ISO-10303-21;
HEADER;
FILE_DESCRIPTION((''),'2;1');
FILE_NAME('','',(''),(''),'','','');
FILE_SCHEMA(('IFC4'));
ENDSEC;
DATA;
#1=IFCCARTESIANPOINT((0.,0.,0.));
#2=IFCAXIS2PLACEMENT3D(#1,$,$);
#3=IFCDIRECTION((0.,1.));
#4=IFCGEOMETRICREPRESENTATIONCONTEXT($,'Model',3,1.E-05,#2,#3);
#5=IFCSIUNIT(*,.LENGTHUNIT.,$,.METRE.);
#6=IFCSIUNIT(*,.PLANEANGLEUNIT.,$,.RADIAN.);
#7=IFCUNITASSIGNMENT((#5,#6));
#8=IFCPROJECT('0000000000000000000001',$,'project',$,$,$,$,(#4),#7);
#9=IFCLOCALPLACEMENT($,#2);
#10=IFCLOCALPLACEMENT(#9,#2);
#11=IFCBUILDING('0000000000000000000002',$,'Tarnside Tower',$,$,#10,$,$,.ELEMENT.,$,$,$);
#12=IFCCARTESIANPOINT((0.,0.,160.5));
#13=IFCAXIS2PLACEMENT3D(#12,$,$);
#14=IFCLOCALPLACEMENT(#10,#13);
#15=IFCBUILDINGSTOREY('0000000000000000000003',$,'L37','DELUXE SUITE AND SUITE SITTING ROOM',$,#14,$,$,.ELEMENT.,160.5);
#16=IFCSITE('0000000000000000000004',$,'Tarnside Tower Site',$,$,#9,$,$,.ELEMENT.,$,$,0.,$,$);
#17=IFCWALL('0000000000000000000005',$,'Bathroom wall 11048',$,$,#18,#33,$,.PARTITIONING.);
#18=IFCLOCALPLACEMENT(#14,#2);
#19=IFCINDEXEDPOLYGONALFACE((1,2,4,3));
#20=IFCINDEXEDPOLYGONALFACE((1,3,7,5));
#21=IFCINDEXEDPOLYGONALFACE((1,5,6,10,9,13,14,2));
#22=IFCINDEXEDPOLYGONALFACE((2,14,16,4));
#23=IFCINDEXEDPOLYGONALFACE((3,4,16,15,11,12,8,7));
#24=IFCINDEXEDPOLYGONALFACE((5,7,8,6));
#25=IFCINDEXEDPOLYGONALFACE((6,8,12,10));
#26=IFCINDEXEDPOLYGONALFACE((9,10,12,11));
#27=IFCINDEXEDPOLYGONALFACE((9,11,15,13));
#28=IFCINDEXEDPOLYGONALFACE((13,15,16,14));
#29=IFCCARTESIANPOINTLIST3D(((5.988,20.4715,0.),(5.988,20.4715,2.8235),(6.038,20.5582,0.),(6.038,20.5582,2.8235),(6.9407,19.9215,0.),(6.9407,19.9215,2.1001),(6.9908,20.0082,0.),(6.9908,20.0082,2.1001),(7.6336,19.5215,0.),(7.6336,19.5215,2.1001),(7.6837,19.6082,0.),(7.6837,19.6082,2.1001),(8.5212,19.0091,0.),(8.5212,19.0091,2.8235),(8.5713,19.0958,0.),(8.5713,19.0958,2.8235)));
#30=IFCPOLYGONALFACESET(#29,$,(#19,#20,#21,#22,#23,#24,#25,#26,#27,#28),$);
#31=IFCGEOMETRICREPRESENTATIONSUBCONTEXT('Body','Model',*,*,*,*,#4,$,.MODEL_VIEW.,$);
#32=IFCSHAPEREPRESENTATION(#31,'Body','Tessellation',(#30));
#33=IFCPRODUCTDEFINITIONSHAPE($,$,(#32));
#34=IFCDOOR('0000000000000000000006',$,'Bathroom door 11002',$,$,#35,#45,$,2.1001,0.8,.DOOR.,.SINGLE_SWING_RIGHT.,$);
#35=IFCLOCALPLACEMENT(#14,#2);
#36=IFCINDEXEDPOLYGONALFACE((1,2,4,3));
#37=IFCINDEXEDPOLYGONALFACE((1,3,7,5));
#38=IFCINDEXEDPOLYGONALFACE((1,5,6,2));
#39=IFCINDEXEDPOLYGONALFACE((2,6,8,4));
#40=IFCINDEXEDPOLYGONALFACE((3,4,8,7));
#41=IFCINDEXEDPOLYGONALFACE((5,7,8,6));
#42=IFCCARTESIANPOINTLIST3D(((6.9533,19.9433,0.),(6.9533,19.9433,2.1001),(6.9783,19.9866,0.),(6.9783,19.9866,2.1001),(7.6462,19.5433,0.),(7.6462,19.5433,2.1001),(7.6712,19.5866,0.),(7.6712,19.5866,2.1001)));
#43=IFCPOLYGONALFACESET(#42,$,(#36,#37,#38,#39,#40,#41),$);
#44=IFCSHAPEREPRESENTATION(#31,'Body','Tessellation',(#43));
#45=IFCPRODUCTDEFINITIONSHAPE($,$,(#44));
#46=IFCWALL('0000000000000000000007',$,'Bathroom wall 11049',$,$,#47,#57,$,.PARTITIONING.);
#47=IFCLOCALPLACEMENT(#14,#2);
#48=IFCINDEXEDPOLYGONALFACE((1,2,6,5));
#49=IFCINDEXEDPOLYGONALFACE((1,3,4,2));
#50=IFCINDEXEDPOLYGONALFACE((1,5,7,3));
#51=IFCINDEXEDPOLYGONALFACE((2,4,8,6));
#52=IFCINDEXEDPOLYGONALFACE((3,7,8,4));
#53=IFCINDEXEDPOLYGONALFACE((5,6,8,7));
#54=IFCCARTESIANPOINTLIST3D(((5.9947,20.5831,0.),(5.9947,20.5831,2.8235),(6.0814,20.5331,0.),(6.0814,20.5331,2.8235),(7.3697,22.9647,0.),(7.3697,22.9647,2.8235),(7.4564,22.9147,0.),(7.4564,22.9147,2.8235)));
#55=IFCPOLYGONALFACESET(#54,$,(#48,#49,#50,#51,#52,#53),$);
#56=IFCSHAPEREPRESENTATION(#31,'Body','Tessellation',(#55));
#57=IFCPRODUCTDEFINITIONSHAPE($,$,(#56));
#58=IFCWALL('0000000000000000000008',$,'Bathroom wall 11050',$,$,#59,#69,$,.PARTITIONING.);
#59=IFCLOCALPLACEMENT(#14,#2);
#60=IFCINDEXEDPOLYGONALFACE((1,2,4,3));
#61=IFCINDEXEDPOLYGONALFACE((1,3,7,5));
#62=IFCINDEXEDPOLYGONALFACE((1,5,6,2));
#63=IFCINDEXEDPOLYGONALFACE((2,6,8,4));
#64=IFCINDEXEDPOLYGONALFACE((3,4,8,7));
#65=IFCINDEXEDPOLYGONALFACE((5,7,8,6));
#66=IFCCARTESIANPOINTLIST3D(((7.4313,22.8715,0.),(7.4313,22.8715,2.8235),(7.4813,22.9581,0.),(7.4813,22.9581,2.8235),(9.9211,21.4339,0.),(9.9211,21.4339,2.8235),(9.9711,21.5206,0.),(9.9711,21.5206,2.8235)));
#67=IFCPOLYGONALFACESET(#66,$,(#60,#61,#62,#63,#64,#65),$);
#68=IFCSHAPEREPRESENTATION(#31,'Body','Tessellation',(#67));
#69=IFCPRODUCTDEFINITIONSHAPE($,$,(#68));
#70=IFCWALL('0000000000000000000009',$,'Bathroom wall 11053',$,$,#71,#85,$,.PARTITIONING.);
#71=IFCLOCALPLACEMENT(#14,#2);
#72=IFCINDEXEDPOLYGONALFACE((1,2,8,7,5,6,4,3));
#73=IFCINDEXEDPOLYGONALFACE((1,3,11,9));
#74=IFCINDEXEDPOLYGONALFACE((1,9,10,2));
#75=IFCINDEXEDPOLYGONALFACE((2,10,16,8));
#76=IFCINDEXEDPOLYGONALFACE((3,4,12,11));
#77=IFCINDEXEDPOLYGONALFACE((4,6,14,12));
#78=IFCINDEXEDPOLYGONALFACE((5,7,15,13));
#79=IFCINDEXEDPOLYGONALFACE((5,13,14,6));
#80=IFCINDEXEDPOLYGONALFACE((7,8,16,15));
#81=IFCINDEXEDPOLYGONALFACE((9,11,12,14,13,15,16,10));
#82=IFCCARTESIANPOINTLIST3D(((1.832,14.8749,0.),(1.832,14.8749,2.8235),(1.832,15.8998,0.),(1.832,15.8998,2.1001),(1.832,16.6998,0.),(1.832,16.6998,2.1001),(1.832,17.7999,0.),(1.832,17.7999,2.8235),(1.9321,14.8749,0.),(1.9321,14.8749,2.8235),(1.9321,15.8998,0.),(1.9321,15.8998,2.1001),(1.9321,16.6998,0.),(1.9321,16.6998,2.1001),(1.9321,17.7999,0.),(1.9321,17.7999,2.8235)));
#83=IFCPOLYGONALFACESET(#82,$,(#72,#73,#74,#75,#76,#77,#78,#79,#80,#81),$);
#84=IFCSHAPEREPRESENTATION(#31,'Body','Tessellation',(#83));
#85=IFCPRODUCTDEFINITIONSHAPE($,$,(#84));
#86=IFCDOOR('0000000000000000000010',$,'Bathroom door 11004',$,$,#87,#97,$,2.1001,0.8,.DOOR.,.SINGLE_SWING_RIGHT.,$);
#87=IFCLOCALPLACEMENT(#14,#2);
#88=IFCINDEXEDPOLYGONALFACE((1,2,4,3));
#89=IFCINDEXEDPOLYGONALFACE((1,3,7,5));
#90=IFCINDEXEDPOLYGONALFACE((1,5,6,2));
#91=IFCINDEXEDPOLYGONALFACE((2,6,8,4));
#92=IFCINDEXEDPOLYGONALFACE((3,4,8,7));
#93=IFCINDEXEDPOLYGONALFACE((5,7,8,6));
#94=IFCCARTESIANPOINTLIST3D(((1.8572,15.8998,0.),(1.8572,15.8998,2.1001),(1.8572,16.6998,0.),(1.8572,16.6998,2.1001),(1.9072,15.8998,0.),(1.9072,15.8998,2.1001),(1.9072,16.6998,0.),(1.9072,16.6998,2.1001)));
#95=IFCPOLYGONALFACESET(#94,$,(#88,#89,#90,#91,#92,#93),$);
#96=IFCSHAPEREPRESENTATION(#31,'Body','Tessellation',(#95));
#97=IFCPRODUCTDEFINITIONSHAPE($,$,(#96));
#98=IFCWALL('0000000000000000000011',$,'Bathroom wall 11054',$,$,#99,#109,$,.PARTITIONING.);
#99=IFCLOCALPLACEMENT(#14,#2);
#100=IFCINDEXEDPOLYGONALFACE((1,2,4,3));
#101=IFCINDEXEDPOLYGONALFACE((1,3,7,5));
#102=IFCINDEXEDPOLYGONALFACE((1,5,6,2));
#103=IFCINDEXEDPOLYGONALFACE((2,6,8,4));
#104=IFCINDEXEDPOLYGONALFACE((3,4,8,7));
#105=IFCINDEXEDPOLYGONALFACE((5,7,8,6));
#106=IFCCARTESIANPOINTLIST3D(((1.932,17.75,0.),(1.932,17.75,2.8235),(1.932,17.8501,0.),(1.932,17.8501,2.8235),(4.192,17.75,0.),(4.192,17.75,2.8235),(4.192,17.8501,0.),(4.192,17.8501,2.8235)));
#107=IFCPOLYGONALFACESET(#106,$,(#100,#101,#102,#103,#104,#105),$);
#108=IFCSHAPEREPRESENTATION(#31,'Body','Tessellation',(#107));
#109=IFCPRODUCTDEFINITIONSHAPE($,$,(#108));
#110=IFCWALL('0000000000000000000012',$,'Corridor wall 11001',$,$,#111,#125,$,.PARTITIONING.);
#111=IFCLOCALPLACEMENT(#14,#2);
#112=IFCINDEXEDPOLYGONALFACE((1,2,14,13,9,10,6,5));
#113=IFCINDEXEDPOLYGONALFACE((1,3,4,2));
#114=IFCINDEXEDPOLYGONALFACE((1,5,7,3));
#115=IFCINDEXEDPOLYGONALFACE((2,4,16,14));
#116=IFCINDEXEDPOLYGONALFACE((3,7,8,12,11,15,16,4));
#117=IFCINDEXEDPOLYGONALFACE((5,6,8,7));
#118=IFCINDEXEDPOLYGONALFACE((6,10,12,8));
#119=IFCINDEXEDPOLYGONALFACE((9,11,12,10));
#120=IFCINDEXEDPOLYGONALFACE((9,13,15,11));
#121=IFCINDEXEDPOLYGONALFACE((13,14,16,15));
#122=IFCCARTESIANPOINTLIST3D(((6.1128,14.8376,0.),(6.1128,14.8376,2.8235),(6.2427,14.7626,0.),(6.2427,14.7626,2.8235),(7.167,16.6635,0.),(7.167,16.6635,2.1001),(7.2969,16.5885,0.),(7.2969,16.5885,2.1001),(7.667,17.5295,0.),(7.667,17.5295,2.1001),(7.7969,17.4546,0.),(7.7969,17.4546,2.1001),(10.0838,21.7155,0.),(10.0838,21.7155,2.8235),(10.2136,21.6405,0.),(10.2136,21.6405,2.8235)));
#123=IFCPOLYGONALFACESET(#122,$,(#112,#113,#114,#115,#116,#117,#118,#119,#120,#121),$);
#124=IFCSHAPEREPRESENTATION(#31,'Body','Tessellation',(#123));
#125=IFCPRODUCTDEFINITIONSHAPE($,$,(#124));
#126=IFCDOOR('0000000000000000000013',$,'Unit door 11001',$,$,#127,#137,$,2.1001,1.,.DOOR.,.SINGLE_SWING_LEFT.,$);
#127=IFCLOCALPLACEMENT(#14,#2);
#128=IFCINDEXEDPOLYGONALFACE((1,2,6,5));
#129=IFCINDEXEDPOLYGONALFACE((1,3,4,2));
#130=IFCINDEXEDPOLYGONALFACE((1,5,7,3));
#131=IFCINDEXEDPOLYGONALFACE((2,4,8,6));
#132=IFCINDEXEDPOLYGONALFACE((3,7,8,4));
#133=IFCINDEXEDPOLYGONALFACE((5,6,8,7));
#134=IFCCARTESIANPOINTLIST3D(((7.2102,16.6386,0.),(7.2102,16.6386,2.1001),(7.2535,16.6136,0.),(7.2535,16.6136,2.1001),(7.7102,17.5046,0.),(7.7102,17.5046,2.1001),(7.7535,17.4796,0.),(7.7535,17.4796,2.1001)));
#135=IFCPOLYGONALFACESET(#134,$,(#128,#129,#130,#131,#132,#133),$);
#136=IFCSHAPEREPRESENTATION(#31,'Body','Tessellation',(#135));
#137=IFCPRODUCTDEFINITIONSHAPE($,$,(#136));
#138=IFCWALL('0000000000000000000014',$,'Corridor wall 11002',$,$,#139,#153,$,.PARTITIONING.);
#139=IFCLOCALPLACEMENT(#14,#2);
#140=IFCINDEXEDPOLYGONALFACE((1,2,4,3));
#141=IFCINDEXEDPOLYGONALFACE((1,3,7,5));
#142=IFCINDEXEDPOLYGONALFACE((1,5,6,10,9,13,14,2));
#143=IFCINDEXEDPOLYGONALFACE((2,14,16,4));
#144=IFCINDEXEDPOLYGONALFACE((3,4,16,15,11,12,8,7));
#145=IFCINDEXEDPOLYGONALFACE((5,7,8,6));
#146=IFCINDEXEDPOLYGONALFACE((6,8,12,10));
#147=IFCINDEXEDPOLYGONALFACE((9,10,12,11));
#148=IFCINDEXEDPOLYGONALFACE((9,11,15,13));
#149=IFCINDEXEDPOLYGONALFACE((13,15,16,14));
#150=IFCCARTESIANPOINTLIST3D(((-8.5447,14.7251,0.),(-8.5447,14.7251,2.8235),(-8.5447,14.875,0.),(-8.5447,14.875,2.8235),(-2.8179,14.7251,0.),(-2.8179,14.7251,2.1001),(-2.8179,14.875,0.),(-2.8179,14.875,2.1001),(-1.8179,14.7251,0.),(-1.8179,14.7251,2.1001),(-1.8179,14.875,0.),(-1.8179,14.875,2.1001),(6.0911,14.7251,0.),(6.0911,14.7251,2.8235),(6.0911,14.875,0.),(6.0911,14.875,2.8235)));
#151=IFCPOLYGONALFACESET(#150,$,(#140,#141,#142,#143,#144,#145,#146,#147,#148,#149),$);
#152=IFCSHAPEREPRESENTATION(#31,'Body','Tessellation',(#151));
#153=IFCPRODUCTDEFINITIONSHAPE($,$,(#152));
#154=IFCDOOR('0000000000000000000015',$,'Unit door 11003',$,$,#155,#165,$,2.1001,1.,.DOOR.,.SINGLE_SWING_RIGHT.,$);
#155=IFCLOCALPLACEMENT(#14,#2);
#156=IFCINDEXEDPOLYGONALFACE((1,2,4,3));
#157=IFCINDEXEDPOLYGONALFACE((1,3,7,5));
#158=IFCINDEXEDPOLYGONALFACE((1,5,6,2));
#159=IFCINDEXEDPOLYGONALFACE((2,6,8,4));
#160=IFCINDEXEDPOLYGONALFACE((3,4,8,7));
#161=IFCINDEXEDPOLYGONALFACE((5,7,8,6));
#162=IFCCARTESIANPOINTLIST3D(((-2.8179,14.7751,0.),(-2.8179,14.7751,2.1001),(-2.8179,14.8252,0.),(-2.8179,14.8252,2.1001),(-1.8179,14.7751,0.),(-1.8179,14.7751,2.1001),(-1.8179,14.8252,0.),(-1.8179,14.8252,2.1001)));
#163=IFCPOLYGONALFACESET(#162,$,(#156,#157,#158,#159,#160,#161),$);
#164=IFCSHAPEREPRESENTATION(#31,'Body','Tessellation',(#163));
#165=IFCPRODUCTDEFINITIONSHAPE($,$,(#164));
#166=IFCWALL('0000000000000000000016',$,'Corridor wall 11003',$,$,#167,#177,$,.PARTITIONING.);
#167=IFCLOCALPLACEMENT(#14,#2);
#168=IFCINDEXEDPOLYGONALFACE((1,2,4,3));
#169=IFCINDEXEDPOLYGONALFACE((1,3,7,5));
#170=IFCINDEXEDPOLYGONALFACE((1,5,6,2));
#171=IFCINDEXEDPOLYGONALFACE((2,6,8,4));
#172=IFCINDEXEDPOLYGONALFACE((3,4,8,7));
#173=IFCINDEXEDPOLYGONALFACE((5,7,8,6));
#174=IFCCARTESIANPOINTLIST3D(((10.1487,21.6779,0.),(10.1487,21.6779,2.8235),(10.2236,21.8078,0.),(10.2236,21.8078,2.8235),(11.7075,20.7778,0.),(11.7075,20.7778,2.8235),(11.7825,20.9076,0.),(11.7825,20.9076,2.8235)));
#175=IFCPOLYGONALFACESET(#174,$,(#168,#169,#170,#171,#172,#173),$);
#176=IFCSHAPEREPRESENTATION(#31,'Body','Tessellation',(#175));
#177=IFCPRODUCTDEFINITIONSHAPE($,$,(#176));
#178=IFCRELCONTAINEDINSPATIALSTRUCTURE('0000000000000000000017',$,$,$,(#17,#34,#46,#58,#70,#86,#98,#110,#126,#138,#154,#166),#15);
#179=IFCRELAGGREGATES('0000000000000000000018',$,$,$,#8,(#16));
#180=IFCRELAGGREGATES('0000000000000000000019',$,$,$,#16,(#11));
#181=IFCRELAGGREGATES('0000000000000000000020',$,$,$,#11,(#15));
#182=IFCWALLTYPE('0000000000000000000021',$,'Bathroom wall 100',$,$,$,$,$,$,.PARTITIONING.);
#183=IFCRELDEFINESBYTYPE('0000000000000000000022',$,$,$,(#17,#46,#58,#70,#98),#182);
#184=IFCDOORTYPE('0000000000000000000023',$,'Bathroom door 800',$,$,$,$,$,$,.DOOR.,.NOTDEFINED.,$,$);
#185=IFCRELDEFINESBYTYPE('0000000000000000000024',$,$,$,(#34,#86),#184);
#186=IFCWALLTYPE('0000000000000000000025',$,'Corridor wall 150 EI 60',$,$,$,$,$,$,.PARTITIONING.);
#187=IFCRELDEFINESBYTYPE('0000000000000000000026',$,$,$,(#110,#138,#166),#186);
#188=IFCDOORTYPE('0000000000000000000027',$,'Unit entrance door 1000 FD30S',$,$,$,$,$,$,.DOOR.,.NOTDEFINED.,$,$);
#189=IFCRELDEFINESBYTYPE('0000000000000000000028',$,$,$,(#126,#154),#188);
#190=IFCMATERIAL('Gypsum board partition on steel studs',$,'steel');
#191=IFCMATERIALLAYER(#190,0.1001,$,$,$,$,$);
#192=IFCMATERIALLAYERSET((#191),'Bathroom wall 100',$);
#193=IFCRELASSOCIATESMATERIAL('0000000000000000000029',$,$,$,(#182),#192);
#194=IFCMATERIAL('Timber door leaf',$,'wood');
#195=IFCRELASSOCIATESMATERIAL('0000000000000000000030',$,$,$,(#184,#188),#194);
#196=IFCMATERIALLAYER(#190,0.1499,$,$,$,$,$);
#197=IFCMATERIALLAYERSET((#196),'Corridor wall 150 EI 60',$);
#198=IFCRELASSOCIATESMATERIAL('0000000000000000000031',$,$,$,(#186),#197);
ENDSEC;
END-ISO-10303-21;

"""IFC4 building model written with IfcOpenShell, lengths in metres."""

from ifc_helpers import new_model, si_unit, direction, frame, frame_2d, origin, place, context, subcontext, project, spatial, rectangle, extrude, material, layer, layer_set, type_object, element, fill, save


model = new_model("IFC4")

# Units and contexts
model_context = context("Model", 3, precision=1e-05, world=origin(), true_north=direction((0.0, 1.0)))
body_context = subcontext(model_context, "Body", "Model", "MODEL_VIEW")
ifc_project = project(units=[si_unit("LENGTHUNIT", "METRE"), si_unit("PLANEANGLEUNIT", "RADIAN")], contexts=[model_context])

# Site, building, storey
site_placement = place(None, origin())
site = spatial("IfcSite", under=ifc_project, at=site_placement, Name="Tarnside Tower Site", CompositionType="ELEMENT", RefElevation=0.0)
building_placement = place(site_placement, origin())
building = spatial("IfcBuilding", under=site, at=building_placement, Name="Tarnside Tower", CompositionType="ELEMENT")
storey_placement = place(building_placement, frame((0.0, 0.0, 160.5)))
storey = spatial("IfcBuildingStorey", under=building, at=storey_placement, Name="L37", Description="DELUXE SUITE AND SUITE SITTING ROOM", CompositionType="ELEMENT", Elevation=160.5)

# Wall, opening, door
ifc_material_1 = material(Name="Gypsum board partition on steel studs", Category="steel")
ifc_layer_1 = layer(ifc_material_1, 0.1001)
ifc_layer_set_1 = layer_set([ifc_layer_1], Name="Bathroom wall 100")
wall_type_1 = type_object("IfcWallType", Name="Bathroom wall 100", PredefinedType="PARTITIONING", material=ifc_layer_set_1)
wall_1_placement = place(storey_placement, frame((8.5461, 19.0525, 0.0), z_axis=(0.0, 0.0, 1.0), x_axis=(-0.866047, 0.499963, 0.0)))
wall_1 = element("IfcWall", 1, at=wall_1_placement, inside=storey, type_object=wall_type_1, Name="Bathroom wall 11048", PredefinedType="PARTITIONING", context=body_context, shape_type="SweptSolid", body=[
    extrude(rectangle(XDim=2.925, YDim=0.1001, at=frame_2d((1.4624, 0.0))), origin(), (0.0, 0.0, 1.0), 2.8235),
])
opening_1_placement = place(wall_1_placement, frame((1.0249, 0.0, 0.0)))
opening_1 = element("IfcOpeningElement", 2, at=opening_1_placement, cuts=wall_1, PredefinedType="OPENING", context=body_context, shape_type="SweptSolid", body=[
    extrude(rectangle(XDim=0.8, YDim=2.1001, at=frame_2d((0.3999, 1.05))), frame((0.0, 0.0601, 0.0), z_axis=(0.0, -1.0, 0.0), x_axis=(1.0, 0.0, 0.0)), (0.0, 0.0, 1.0), 0.1201),
])
ifc_material_2 = material(Name="Timber door leaf", Category="wood")
door_type_1 = type_object("IfcDoorType", Name="Bathroom door 800", OperationType="NOTDEFINED", PredefinedType="DOOR", material=ifc_material_2)
door_1_placement = place(opening_1_placement, origin())
door_1 = element("IfcDoor", 3, at=door_1_placement, inside=storey, type_object=door_type_1, Name="Bathroom door 11002", OperationType="SINGLE_SWING_RIGHT", OverallHeight=2.1001, OverallWidth=0.8, PredefinedType="DOOR", context=body_context, shape_type="SweptSolid", body=[
    extrude(rectangle(XDim=0.8, YDim=2.1001, at=frame_2d((0.3999, 1.05))), frame((0.0, 0.0249, 0.0), z_axis=(0.0, -1.0, 0.0), x_axis=(1.0, 0.0, 0.0)), (0.0, 0.0, 1.0), 0.05),
])
fill(opening_1, door_1)

# Walls
wall_2_placement = place(storey_placement, frame((6.0381, 20.5581, 0.0), z_axis=(0.0, 0.0, 1.0), x_axis=(0.499997, 0.866027, 0.0)))
element("IfcWall", 4, at=wall_2_placement, inside=storey, type_object=wall_type_1, Name="Bathroom wall 11049", PredefinedType="PARTITIONING", context=body_context, shape_type="SweptSolid", body=[
    extrude(rectangle(XDim=2.75, YDim=0.1001, at=frame_2d((1.375, 0.0))), origin(), (0.0, 0.0, 1.0), 2.8235),
])
wall_3_placement = place(storey_placement, frame((7.4563, 22.9148, 0.0), z_axis=(0.0, 0.0, 1.0), x_axis=(0.866019, -0.500012, 0.0)))
element("IfcWall", 5, at=wall_3_placement, inside=storey, type_object=wall_type_1, Name="Bathroom wall 11050", PredefinedType="PARTITIONING", context=body_context, shape_type="SweptSolid", body=[
    extrude(rectangle(XDim=2.875, YDim=0.1001, at=frame_2d((1.4375, 0.0))), origin(), (0.0, 0.0, 1.0), 2.8235),
])

# Wall, opening, door
wall_4_placement = place(storey_placement, frame((1.8821, 14.875, 0.0), z_axis=(0.0, 0.0, 1.0), x_axis=(0.0, 1.0, 0.0)))
wall_4 = element("IfcWall", 6, at=wall_4_placement, inside=storey, type_object=wall_type_1, Name="Bathroom wall 11053", PredefinedType="PARTITIONING", context=body_context, shape_type="SweptSolid", body=[
    extrude(rectangle(XDim=2.925, YDim=0.1001, at=frame_2d((1.4624, 0.0))), origin(), (0.0, 0.0, 1.0), 2.8235),
])
opening_2_placement = place(wall_4_placement, frame((1.0249, 0.0, 0.0)))
opening_2 = element("IfcOpeningElement", 7, at=opening_2_placement, cuts=wall_4, PredefinedType="OPENING", context=body_context, shape_type="SweptSolid", body=[
    extrude(rectangle(XDim=0.8, YDim=2.1001, at=frame_2d((0.3999, 1.05))), frame((0.0, 0.0601, 0.0), z_axis=(0.0, -1.0, 0.0), x_axis=(1.0, 0.0, 0.0)), (0.0, 0.0, 1.0), 0.1201),
])
door_2_placement = place(opening_2_placement, origin())
door_2 = element("IfcDoor", 8, at=door_2_placement, inside=storey, type_object=door_type_1, Name="Bathroom door 11004", OperationType="SINGLE_SWING_RIGHT", OverallHeight=2.1001, OverallWidth=0.8, PredefinedType="DOOR", context=body_context, shape_type="SweptSolid", body=[
    extrude(rectangle(XDim=0.8, YDim=2.1001, at=frame_2d((0.3999, 1.05))), frame((0.0, 0.0249, 0.0), z_axis=(0.0, -1.0, 0.0), x_axis=(1.0, 0.0, 0.0)), (0.0, 0.0, 1.0), 0.05),
])
fill(opening_2, door_2)

# Wall
wall_5_placement = place(storey_placement, frame((1.9321, 17.8, 0.0), z_axis=(0.0, 0.0, 1.0), x_axis=(1.0, 0.0, 0.0)))
element("IfcWall", 9, at=wall_5_placement, inside=storey, type_object=wall_type_1, Name="Bathroom wall 11054", PredefinedType="PARTITIONING", context=body_context, shape_type="SweptSolid", body=[
    extrude(rectangle(XDim=2.26, YDim=0.1001, at=frame_2d((1.1299, 0.0))), origin(), (0.0, 0.0, 1.0), 2.8235),
])

# Walls, openings, doors
ifc_layer_2 = layer(ifc_material_1, 0.1499)
ifc_layer_set_2 = layer_set([ifc_layer_2], Name="Corridor wall 150 EI 60")
wall_type_2 = type_object("IfcWallType", Name="Corridor wall 150 EI 60", PredefinedType="PARTITIONING", material=ifc_layer_set_2)
wall_6_placement = place(storey_placement, frame((10.1487, 21.678, 0.0), z_axis=(0.0, 0.0, 1.0), x_axis=(-0.499997, -0.866027, 0.0)))
wall_6 = element("IfcWall", 10, at=wall_6_placement, inside=storey, type_object=wall_type_2, Name="Corridor wall 11001", PredefinedType="PARTITIONING", context=body_context, shape_type="SweptSolid", body=[
    extrude(rectangle(XDim=7.9419, YDim=0.1499, at=frame_2d((3.9709, 0.0))), origin(), (0.0, 0.0, 1.0), 2.8235),
])
opening_3_placement = place(wall_6_placement, frame((4.8335, 0.0, 0.0)))
opening_3 = element("IfcOpeningElement", 11, at=opening_3_placement, cuts=wall_6, PredefinedType="OPENING", context=body_context, shape_type="SweptSolid", body=[
    extrude(rectangle(XDim=1.0, YDim=2.1001, at=frame_2d((0.5, 1.05))), frame((0.0, 0.085, 0.0), z_axis=(0.0, -1.0, 0.0), x_axis=(1.0, 0.0, 0.0)), (0.0, 0.0, 1.0), 0.1699),
])
door_type_2 = type_object("IfcDoorType", Name="Unit entrance door 1000 FD30S", OperationType="NOTDEFINED", PredefinedType="DOOR", material=ifc_material_2)
door_3_placement = place(opening_3_placement, origin())
door_3 = element("IfcDoor", 12, at=door_3_placement, inside=storey, type_object=door_type_2, Name="Unit door 11001", OperationType="SINGLE_SWING_LEFT", OverallHeight=2.1001, OverallWidth=1.0, PredefinedType="DOOR", context=body_context, shape_type="SweptSolid", body=[
    extrude(rectangle(XDim=1.0, YDim=2.1001, at=frame_2d((0.5, 1.05))), frame((0.0, 0.0249, 0.0), z_axis=(0.0, -1.0, 0.0), x_axis=(1.0, 0.0, 0.0)), (0.0, 0.0, 1.0), 0.05),
])
fill(opening_3, door_3)
wall_7_placement = place(storey_placement, frame((6.0911, 14.8, 0.0), z_axis=(0.0, 0.0, 1.0), x_axis=(-1.0, 0.0, 0.0)))
wall_7 = element("IfcWall", 13, at=wall_7_placement, inside=storey, type_object=wall_type_2, Name="Corridor wall 11002", PredefinedType="PARTITIONING", context=body_context, shape_type="SweptSolid", body=[
    extrude(rectangle(XDim=14.6357, YDim=0.1499, at=frame_2d((7.3179, 0.0))), origin(), (0.0, 0.0, 1.0), 2.8235),
])
opening_4_placement = place(wall_7_placement, frame((7.9089, 0.0, 0.0)))
opening_4 = element("IfcOpeningElement", 14, at=opening_4_placement, cuts=wall_7, PredefinedType="OPENING", context=body_context, shape_type="SweptSolid", body=[
    extrude(rectangle(XDim=1.0, YDim=2.1001, at=frame_2d((0.5, 1.05))), frame((0.0, 0.085, 0.0), z_axis=(0.0, -1.0, 0.0), x_axis=(1.0, 0.0, 0.0)), (0.0, 0.0, 1.0), 0.1699),
])
door_4_placement = place(opening_4_placement, origin())
door_4 = element("IfcDoor", 15, at=door_4_placement, inside=storey, type_object=door_type_2, Name="Unit door 11003", OperationType="SINGLE_SWING_RIGHT", OverallHeight=2.1001, OverallWidth=1.0, PredefinedType="DOOR", context=body_context, shape_type="SweptSolid", body=[
    extrude(rectangle(XDim=1.0, YDim=2.1001, at=frame_2d((0.5, 1.05))), frame((0.0, 0.0249, 0.0), z_axis=(0.0, -1.0, 0.0), x_axis=(1.0, 0.0, 0.0)), (0.0, 0.0, 1.0), 0.05),
])
fill(opening_4, door_4)

# Wall
wall_8_placement = place(storey_placement, frame((11.7449, 20.8428, 0.0), z_axis=(0.0, 0.0, 1.0), x_axis=(-0.865989, 0.500063, 0.0)))
element("IfcWall", 16, at=wall_8_placement, inside=storey, type_object=wall_type_2, Name="Corridor wall 11003", PredefinedType="PARTITIONING", context=body_context, shape_type="SweptSolid", body=[
    extrude(rectangle(XDim=1.8, YDim=0.1499, at=frame_2d((0.8999, 0.0))), origin(), (0.0, 0.0, 1.0), 2.8235),
])

save(model, "model.ifc")
